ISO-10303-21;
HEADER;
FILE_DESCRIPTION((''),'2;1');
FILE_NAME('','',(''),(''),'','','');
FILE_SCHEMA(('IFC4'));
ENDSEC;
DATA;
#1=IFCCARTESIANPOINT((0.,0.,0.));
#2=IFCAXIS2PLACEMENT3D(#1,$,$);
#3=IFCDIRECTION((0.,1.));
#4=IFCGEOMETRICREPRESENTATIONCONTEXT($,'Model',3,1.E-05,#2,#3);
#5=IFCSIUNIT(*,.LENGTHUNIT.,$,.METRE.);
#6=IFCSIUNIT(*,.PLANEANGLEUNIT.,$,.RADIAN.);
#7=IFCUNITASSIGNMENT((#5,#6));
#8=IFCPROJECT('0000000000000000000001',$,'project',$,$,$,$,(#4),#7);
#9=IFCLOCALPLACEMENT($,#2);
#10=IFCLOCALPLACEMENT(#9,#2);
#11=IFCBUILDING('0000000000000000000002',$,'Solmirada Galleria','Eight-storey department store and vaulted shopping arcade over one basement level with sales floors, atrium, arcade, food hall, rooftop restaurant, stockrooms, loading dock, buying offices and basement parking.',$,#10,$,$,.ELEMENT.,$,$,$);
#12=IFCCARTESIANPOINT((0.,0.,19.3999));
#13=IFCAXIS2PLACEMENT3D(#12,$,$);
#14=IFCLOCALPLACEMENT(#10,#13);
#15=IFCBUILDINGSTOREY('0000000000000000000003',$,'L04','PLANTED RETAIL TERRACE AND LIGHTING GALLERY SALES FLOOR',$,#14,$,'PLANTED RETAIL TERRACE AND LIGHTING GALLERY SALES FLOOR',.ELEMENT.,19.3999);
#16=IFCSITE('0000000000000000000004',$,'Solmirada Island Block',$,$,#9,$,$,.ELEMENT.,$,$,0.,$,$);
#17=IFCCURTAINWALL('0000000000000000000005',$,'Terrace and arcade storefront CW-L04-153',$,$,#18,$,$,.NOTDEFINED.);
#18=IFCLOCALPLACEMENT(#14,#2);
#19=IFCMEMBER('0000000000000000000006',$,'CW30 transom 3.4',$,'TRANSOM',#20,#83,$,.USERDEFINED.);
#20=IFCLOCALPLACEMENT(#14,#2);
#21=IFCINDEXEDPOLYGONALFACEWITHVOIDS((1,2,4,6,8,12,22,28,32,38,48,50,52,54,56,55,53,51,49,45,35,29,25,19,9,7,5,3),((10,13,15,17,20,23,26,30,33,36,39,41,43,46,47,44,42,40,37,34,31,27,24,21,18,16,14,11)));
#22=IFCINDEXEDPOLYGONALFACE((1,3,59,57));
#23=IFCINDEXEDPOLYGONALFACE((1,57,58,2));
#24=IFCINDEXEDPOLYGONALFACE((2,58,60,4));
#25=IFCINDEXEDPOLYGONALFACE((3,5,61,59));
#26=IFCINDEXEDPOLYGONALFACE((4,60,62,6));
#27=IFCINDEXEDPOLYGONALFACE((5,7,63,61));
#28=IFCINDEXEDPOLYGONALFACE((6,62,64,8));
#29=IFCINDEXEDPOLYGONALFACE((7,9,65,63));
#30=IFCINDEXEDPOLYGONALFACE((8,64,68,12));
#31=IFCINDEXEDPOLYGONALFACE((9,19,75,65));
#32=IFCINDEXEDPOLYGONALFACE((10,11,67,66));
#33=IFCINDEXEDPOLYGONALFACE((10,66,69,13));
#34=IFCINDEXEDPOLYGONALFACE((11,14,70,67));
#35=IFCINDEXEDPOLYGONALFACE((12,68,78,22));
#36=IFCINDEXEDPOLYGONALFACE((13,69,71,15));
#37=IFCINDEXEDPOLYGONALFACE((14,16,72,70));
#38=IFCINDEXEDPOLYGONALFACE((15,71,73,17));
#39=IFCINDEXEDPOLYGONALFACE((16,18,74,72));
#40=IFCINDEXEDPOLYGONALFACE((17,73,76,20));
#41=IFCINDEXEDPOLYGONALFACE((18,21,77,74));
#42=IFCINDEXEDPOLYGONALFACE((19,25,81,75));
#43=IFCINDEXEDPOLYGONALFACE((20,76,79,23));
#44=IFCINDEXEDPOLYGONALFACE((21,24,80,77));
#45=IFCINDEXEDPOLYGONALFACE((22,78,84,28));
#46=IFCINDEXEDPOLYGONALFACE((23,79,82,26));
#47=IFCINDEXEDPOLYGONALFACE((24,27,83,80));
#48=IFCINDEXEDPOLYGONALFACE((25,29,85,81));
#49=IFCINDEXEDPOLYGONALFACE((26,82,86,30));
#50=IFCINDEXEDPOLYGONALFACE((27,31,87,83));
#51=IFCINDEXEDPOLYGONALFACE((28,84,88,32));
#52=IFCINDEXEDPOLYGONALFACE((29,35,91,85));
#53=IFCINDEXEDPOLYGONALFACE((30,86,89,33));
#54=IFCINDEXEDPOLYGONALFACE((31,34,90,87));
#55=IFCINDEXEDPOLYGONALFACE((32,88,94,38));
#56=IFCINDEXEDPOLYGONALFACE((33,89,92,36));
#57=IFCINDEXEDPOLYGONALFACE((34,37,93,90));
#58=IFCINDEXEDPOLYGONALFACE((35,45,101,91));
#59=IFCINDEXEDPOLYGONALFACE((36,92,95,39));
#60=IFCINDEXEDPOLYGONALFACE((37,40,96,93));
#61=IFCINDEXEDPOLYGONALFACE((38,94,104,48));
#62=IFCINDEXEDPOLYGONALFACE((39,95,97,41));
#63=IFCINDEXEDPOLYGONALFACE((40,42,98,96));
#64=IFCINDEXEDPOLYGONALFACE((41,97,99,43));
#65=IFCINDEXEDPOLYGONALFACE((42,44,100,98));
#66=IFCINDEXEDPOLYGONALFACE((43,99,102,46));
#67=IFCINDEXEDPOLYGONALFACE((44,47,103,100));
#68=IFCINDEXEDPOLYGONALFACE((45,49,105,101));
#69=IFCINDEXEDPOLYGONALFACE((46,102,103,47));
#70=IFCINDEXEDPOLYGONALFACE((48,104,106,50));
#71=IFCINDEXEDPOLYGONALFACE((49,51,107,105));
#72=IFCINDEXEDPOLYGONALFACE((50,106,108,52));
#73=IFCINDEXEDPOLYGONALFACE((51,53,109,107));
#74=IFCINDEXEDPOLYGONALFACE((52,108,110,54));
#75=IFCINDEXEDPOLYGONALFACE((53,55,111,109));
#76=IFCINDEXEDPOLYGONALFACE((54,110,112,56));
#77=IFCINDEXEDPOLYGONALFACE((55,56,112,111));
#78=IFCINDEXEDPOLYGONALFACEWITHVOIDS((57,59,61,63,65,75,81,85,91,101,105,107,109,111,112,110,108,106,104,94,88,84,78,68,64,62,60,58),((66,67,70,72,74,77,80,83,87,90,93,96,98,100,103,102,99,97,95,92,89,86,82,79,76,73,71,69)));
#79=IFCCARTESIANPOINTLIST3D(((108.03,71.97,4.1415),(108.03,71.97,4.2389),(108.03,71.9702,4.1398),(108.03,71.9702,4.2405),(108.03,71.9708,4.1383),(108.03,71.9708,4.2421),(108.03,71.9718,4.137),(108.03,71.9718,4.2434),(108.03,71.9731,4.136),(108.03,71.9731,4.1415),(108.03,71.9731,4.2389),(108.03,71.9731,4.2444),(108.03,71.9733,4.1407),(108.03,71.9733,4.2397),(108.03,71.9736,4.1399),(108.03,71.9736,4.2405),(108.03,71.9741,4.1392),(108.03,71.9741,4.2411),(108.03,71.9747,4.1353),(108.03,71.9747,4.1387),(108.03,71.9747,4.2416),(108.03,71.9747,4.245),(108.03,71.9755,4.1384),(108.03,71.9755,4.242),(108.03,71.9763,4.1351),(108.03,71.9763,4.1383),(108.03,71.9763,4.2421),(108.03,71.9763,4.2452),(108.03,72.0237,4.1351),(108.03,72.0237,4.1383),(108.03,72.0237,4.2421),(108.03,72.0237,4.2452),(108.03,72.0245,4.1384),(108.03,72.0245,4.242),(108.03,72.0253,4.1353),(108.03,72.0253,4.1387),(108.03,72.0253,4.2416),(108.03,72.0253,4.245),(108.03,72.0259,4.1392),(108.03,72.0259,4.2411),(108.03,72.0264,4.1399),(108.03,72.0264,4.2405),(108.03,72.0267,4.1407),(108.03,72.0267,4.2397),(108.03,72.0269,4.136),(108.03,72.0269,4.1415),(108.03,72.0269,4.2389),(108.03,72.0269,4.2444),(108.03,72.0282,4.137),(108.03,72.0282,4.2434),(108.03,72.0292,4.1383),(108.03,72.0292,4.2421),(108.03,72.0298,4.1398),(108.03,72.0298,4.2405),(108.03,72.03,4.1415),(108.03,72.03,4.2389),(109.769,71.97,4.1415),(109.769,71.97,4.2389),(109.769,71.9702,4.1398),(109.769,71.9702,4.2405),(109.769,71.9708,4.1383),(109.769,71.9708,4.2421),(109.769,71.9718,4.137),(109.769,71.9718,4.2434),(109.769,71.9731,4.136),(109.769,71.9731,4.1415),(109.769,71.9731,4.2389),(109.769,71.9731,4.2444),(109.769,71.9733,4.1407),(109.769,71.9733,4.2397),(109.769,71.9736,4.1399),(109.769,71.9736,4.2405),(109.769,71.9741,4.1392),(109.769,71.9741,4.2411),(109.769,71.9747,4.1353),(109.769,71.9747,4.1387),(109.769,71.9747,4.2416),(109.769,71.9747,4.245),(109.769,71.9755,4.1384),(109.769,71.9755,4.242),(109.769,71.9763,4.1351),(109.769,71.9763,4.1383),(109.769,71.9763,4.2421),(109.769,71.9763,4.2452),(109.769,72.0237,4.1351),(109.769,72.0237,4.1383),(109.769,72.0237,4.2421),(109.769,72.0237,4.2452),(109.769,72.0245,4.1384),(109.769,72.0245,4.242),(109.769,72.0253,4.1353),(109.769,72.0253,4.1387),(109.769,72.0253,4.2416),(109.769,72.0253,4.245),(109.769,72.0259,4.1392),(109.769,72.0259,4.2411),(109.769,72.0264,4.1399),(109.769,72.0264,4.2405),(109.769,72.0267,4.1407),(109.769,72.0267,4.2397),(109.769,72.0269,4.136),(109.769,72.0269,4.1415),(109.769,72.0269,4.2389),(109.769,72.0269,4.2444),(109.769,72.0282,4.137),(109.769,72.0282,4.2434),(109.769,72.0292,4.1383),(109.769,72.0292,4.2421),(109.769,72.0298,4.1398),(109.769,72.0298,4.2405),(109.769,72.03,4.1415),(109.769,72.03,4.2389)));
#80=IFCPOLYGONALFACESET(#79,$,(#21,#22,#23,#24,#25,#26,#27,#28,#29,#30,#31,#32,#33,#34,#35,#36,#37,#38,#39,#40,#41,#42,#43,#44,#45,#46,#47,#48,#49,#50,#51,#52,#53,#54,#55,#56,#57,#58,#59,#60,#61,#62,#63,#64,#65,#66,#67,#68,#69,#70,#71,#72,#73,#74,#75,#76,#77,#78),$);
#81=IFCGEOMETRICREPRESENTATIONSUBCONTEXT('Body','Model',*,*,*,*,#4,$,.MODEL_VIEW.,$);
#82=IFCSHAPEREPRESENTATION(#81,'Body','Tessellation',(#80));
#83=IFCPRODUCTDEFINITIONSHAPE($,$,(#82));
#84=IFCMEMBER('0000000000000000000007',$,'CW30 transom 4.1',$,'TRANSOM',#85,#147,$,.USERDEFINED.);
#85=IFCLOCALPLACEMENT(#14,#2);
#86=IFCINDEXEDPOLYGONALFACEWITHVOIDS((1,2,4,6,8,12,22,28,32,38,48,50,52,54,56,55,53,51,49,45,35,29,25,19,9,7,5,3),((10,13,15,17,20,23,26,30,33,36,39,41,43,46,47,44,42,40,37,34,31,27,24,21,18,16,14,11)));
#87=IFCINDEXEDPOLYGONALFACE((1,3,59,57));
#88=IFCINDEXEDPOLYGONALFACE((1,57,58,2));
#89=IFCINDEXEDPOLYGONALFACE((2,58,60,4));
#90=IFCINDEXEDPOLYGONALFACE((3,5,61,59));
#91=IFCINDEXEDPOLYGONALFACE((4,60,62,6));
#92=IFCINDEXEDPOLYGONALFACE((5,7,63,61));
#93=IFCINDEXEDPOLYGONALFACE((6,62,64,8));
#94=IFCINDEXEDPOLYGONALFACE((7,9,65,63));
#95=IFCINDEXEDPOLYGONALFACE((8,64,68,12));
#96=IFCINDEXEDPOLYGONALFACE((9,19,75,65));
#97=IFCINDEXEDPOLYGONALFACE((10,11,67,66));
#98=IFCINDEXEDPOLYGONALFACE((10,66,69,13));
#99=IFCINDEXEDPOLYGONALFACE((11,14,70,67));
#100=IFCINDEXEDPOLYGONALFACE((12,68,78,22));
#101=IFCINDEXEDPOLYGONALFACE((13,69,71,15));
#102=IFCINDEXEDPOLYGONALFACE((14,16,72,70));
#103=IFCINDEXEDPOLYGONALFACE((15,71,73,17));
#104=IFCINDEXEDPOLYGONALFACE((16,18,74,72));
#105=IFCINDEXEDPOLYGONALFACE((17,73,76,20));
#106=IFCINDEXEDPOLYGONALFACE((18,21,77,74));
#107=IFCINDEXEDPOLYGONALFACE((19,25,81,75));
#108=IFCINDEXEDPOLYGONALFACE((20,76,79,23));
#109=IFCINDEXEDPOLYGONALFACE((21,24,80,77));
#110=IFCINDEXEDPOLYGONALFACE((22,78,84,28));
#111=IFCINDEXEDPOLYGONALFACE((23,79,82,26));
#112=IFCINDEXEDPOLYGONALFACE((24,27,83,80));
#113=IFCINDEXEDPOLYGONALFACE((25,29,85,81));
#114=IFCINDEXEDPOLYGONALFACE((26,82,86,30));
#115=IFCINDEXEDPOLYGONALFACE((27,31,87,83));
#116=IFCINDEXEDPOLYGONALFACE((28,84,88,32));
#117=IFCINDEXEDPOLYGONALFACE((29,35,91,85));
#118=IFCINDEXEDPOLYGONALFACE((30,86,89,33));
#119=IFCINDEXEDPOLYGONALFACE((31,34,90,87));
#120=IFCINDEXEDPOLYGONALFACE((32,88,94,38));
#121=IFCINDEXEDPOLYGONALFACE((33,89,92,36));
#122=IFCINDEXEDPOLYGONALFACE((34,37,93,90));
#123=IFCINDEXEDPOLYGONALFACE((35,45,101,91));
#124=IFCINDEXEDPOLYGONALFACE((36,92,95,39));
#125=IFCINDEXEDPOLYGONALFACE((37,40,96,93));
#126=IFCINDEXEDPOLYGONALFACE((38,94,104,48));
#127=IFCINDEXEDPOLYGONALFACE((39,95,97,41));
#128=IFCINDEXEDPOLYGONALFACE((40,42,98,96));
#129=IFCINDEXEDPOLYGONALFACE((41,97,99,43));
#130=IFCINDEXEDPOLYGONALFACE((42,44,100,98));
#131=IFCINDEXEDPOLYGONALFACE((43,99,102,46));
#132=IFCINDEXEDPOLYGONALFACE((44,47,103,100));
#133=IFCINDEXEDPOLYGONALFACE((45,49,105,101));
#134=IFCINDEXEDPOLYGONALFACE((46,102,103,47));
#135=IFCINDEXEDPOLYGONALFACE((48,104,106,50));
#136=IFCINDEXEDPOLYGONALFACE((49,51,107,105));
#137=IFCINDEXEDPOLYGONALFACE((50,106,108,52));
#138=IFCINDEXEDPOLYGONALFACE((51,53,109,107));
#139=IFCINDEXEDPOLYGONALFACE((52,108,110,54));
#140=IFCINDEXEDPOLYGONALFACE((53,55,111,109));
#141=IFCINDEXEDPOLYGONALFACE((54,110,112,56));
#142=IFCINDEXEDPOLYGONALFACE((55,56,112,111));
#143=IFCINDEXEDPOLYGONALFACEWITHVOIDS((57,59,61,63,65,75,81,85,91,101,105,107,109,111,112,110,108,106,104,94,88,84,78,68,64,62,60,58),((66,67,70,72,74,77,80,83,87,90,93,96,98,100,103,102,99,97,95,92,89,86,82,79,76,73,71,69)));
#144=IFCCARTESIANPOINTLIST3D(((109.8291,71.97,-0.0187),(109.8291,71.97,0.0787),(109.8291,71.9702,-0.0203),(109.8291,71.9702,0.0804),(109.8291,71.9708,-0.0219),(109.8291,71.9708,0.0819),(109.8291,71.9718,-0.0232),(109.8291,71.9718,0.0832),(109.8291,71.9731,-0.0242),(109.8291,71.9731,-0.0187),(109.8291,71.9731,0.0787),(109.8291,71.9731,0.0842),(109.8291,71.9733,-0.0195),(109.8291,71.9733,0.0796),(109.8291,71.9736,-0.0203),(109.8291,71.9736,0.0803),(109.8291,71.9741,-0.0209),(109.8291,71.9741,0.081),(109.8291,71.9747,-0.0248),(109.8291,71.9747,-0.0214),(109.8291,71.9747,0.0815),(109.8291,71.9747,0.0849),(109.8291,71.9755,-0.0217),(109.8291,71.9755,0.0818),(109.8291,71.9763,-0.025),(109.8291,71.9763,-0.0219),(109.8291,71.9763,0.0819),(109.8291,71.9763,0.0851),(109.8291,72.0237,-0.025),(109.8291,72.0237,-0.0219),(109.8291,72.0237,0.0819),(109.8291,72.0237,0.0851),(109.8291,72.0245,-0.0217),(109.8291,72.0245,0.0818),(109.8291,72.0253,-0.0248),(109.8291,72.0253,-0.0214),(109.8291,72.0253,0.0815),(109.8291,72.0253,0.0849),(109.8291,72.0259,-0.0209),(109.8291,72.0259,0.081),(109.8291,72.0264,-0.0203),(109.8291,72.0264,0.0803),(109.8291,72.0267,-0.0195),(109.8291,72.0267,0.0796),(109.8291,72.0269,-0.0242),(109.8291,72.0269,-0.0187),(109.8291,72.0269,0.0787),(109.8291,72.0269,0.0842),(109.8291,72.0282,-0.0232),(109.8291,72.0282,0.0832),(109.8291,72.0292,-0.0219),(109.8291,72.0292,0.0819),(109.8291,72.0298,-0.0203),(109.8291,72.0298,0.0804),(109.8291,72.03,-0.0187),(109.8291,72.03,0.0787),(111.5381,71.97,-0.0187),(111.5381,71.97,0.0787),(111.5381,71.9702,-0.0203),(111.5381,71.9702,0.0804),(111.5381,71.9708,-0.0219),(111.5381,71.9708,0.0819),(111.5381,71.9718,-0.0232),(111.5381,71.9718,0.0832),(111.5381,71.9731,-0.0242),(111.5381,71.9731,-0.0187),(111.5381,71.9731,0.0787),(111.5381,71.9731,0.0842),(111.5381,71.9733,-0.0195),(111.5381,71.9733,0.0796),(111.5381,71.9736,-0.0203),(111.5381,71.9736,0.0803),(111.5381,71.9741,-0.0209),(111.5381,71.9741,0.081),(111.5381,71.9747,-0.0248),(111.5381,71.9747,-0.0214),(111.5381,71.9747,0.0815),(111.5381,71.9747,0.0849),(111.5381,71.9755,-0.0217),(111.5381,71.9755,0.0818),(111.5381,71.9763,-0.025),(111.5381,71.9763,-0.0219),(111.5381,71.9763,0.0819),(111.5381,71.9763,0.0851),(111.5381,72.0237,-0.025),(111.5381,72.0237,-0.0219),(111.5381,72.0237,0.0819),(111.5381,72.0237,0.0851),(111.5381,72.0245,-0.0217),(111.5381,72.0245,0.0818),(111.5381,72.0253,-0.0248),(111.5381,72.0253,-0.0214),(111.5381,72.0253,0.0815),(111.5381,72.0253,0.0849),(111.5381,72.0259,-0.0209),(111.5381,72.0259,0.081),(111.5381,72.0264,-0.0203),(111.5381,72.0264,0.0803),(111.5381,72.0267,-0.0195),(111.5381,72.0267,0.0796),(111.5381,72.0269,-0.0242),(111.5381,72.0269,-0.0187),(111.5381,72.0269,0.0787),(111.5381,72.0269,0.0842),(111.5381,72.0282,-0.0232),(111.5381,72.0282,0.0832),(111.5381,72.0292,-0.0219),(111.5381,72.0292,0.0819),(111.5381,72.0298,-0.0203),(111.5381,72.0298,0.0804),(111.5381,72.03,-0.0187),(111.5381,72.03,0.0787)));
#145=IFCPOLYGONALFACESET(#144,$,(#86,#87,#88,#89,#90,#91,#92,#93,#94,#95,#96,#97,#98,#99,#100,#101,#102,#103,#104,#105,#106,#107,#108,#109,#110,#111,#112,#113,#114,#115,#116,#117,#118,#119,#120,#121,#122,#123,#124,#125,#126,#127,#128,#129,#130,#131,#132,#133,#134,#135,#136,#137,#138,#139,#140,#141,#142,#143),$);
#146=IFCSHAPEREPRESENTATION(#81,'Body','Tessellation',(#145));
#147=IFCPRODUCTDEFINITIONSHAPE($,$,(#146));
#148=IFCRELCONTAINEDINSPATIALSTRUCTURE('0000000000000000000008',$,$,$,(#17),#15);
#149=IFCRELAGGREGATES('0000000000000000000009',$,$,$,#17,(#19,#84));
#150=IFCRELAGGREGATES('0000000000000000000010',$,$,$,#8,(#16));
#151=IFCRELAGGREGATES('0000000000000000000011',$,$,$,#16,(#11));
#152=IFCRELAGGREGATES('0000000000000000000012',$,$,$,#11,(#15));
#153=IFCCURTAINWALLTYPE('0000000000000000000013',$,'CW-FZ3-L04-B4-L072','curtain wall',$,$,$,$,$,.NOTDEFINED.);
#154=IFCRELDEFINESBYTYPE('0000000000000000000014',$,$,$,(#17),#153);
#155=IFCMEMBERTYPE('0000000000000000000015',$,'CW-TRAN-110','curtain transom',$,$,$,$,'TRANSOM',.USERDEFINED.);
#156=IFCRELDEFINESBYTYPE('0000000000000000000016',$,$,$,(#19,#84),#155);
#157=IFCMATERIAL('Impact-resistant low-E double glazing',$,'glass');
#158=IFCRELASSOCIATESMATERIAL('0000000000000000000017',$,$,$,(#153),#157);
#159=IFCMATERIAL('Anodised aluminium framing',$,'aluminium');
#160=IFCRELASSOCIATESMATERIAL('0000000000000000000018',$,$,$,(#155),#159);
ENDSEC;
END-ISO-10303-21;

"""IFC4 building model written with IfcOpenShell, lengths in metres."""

from ifc_helpers import new_model, si_unit, direction, frame, origin, origin_2d, place, context, subcontext, project, spatial, hollow_rectangle, extrude, material, material_profile, profile_set, type_object, element, aggregate, save


model = new_model("IFC4")

# Units and contexts
model_context = context("Model", 3, precision=1e-05, world=origin(), true_north=direction((0.0, 1.0)))
body_context = subcontext(model_context, "Body", "Model", "MODEL_VIEW")
ifc_project = project(units=[si_unit("LENGTHUNIT", "METRE"), si_unit("PLANEANGLEUNIT", "RADIAN")], contexts=[model_context])

# Site, building, storey
site_placement = place(None, origin())
site = spatial("IfcSite", under=ifc_project, at=site_placement, Name="Solmirada Island Block", CompositionType="ELEMENT", RefElevation=0.0)
building_placement = place(site_placement, origin())
building = spatial("IfcBuilding", under=site, at=building_placement, Name="Solmirada Galleria", Description="Eight-storey department store and vaulted shopping arcade over one basement level with sales floors, atrium, arcade, food hall, rooftop restaurant, stockrooms, loading dock, buying offices and basement parking.", CompositionType="ELEMENT")
storey_placement = place(building_placement, frame((0.0, 0.0, 19.3999)))
storey = spatial("IfcBuildingStorey", under=building, at=storey_placement, Name="L04", Description="PLANTED RETAIL TERRACE AND LIGHTING GALLERY SALES FLOOR", LongName="PLANTED RETAIL TERRACE AND LIGHTING GALLERY SALES FLOOR", CompositionType="ELEMENT", Elevation=19.3999)

# Curtain wall, members
ifc_material_1 = material(Name="Impact-resistant low-E double glazing", Category="glass")
curtain_wall_type = type_object("IfcCurtainWallType", Name="CW-FZ3-L04-B4-L072", Description="curtain wall", PredefinedType="NOTDEFINED", material=ifc_material_1)
curtain_wall_placement = place(storey_placement, origin())
curtain_wall = element("IfcCurtainWall", 1, at=curtain_wall_placement, inside=storey, type_object=curtain_wall_type, Name="Terrace and arcade storefront CW-L04-153", PredefinedType="NOTDEFINED")
ifc_material_2 = material(Name="Anodised aluminium framing", Category="aluminium")
ifc_material_profile_1 = material_profile(ifc_material_2, hollow_rectangle(XDim=0.0601, YDim=0.1101, WallThickness=0.0032, InnerFilletRadius=0.0032, OuterFilletRadius=0.0063, at=origin_2d()), Name="ALU-TRAN-110X60")
ifc_profile_set_1 = profile_set([ifc_material_profile_1], Name="Anodised aluminium framing")
member_type_1 = type_object("IfcMemberType", Name="CW-TRAN-110", Description="curtain transom", ElementType="TRANSOM", PredefinedType="USERDEFINED", material=ifc_profile_set_1)
member_1_placement = place(storey_placement, frame((108.03, 72.0, 4.1902), z_axis=(1.0, 0.0, 0.0), x_axis=(0.0, 1.0, 0.0)))
member_1 = element("IfcMember", 2, at=member_1_placement, type_object=member_type_1, Name="CW30 transom 3.4", ObjectType="TRANSOM", PredefinedType="USERDEFINED", context=body_context, shape_type="SweptSolid", body=[
    extrude(hollow_rectangle(XDim=0.0601, YDim=0.1101, WallThickness=0.0032, InnerFilletRadius=0.0032, OuterFilletRadius=0.0063, at=origin_2d()), origin(), (0.0, 0.0, 1.0), 1.739),
])
member_2_placement = place(storey_placement, frame((109.8291, 72.0, 0.03), z_axis=(1.0, 0.0, 0.0), x_axis=(0.0, 1.0, 0.0)))
member_2 = element("IfcMember", 3, at=member_2_placement, type_object=member_type_1, Name="CW30 transom 4.1", ObjectType="TRANSOM", PredefinedType="USERDEFINED", context=body_context, shape_type="SweptSolid", body=[
    extrude(hollow_rectangle(XDim=0.0601, YDim=0.1101, WallThickness=0.0032, InnerFilletRadius=0.0032, OuterFilletRadius=0.0063, at=origin_2d()), origin(), (0.0, 0.0, 1.0), 1.709),
])
aggregate(curtain_wall, [member_1, member_2])

save(model, "model.ifc")
